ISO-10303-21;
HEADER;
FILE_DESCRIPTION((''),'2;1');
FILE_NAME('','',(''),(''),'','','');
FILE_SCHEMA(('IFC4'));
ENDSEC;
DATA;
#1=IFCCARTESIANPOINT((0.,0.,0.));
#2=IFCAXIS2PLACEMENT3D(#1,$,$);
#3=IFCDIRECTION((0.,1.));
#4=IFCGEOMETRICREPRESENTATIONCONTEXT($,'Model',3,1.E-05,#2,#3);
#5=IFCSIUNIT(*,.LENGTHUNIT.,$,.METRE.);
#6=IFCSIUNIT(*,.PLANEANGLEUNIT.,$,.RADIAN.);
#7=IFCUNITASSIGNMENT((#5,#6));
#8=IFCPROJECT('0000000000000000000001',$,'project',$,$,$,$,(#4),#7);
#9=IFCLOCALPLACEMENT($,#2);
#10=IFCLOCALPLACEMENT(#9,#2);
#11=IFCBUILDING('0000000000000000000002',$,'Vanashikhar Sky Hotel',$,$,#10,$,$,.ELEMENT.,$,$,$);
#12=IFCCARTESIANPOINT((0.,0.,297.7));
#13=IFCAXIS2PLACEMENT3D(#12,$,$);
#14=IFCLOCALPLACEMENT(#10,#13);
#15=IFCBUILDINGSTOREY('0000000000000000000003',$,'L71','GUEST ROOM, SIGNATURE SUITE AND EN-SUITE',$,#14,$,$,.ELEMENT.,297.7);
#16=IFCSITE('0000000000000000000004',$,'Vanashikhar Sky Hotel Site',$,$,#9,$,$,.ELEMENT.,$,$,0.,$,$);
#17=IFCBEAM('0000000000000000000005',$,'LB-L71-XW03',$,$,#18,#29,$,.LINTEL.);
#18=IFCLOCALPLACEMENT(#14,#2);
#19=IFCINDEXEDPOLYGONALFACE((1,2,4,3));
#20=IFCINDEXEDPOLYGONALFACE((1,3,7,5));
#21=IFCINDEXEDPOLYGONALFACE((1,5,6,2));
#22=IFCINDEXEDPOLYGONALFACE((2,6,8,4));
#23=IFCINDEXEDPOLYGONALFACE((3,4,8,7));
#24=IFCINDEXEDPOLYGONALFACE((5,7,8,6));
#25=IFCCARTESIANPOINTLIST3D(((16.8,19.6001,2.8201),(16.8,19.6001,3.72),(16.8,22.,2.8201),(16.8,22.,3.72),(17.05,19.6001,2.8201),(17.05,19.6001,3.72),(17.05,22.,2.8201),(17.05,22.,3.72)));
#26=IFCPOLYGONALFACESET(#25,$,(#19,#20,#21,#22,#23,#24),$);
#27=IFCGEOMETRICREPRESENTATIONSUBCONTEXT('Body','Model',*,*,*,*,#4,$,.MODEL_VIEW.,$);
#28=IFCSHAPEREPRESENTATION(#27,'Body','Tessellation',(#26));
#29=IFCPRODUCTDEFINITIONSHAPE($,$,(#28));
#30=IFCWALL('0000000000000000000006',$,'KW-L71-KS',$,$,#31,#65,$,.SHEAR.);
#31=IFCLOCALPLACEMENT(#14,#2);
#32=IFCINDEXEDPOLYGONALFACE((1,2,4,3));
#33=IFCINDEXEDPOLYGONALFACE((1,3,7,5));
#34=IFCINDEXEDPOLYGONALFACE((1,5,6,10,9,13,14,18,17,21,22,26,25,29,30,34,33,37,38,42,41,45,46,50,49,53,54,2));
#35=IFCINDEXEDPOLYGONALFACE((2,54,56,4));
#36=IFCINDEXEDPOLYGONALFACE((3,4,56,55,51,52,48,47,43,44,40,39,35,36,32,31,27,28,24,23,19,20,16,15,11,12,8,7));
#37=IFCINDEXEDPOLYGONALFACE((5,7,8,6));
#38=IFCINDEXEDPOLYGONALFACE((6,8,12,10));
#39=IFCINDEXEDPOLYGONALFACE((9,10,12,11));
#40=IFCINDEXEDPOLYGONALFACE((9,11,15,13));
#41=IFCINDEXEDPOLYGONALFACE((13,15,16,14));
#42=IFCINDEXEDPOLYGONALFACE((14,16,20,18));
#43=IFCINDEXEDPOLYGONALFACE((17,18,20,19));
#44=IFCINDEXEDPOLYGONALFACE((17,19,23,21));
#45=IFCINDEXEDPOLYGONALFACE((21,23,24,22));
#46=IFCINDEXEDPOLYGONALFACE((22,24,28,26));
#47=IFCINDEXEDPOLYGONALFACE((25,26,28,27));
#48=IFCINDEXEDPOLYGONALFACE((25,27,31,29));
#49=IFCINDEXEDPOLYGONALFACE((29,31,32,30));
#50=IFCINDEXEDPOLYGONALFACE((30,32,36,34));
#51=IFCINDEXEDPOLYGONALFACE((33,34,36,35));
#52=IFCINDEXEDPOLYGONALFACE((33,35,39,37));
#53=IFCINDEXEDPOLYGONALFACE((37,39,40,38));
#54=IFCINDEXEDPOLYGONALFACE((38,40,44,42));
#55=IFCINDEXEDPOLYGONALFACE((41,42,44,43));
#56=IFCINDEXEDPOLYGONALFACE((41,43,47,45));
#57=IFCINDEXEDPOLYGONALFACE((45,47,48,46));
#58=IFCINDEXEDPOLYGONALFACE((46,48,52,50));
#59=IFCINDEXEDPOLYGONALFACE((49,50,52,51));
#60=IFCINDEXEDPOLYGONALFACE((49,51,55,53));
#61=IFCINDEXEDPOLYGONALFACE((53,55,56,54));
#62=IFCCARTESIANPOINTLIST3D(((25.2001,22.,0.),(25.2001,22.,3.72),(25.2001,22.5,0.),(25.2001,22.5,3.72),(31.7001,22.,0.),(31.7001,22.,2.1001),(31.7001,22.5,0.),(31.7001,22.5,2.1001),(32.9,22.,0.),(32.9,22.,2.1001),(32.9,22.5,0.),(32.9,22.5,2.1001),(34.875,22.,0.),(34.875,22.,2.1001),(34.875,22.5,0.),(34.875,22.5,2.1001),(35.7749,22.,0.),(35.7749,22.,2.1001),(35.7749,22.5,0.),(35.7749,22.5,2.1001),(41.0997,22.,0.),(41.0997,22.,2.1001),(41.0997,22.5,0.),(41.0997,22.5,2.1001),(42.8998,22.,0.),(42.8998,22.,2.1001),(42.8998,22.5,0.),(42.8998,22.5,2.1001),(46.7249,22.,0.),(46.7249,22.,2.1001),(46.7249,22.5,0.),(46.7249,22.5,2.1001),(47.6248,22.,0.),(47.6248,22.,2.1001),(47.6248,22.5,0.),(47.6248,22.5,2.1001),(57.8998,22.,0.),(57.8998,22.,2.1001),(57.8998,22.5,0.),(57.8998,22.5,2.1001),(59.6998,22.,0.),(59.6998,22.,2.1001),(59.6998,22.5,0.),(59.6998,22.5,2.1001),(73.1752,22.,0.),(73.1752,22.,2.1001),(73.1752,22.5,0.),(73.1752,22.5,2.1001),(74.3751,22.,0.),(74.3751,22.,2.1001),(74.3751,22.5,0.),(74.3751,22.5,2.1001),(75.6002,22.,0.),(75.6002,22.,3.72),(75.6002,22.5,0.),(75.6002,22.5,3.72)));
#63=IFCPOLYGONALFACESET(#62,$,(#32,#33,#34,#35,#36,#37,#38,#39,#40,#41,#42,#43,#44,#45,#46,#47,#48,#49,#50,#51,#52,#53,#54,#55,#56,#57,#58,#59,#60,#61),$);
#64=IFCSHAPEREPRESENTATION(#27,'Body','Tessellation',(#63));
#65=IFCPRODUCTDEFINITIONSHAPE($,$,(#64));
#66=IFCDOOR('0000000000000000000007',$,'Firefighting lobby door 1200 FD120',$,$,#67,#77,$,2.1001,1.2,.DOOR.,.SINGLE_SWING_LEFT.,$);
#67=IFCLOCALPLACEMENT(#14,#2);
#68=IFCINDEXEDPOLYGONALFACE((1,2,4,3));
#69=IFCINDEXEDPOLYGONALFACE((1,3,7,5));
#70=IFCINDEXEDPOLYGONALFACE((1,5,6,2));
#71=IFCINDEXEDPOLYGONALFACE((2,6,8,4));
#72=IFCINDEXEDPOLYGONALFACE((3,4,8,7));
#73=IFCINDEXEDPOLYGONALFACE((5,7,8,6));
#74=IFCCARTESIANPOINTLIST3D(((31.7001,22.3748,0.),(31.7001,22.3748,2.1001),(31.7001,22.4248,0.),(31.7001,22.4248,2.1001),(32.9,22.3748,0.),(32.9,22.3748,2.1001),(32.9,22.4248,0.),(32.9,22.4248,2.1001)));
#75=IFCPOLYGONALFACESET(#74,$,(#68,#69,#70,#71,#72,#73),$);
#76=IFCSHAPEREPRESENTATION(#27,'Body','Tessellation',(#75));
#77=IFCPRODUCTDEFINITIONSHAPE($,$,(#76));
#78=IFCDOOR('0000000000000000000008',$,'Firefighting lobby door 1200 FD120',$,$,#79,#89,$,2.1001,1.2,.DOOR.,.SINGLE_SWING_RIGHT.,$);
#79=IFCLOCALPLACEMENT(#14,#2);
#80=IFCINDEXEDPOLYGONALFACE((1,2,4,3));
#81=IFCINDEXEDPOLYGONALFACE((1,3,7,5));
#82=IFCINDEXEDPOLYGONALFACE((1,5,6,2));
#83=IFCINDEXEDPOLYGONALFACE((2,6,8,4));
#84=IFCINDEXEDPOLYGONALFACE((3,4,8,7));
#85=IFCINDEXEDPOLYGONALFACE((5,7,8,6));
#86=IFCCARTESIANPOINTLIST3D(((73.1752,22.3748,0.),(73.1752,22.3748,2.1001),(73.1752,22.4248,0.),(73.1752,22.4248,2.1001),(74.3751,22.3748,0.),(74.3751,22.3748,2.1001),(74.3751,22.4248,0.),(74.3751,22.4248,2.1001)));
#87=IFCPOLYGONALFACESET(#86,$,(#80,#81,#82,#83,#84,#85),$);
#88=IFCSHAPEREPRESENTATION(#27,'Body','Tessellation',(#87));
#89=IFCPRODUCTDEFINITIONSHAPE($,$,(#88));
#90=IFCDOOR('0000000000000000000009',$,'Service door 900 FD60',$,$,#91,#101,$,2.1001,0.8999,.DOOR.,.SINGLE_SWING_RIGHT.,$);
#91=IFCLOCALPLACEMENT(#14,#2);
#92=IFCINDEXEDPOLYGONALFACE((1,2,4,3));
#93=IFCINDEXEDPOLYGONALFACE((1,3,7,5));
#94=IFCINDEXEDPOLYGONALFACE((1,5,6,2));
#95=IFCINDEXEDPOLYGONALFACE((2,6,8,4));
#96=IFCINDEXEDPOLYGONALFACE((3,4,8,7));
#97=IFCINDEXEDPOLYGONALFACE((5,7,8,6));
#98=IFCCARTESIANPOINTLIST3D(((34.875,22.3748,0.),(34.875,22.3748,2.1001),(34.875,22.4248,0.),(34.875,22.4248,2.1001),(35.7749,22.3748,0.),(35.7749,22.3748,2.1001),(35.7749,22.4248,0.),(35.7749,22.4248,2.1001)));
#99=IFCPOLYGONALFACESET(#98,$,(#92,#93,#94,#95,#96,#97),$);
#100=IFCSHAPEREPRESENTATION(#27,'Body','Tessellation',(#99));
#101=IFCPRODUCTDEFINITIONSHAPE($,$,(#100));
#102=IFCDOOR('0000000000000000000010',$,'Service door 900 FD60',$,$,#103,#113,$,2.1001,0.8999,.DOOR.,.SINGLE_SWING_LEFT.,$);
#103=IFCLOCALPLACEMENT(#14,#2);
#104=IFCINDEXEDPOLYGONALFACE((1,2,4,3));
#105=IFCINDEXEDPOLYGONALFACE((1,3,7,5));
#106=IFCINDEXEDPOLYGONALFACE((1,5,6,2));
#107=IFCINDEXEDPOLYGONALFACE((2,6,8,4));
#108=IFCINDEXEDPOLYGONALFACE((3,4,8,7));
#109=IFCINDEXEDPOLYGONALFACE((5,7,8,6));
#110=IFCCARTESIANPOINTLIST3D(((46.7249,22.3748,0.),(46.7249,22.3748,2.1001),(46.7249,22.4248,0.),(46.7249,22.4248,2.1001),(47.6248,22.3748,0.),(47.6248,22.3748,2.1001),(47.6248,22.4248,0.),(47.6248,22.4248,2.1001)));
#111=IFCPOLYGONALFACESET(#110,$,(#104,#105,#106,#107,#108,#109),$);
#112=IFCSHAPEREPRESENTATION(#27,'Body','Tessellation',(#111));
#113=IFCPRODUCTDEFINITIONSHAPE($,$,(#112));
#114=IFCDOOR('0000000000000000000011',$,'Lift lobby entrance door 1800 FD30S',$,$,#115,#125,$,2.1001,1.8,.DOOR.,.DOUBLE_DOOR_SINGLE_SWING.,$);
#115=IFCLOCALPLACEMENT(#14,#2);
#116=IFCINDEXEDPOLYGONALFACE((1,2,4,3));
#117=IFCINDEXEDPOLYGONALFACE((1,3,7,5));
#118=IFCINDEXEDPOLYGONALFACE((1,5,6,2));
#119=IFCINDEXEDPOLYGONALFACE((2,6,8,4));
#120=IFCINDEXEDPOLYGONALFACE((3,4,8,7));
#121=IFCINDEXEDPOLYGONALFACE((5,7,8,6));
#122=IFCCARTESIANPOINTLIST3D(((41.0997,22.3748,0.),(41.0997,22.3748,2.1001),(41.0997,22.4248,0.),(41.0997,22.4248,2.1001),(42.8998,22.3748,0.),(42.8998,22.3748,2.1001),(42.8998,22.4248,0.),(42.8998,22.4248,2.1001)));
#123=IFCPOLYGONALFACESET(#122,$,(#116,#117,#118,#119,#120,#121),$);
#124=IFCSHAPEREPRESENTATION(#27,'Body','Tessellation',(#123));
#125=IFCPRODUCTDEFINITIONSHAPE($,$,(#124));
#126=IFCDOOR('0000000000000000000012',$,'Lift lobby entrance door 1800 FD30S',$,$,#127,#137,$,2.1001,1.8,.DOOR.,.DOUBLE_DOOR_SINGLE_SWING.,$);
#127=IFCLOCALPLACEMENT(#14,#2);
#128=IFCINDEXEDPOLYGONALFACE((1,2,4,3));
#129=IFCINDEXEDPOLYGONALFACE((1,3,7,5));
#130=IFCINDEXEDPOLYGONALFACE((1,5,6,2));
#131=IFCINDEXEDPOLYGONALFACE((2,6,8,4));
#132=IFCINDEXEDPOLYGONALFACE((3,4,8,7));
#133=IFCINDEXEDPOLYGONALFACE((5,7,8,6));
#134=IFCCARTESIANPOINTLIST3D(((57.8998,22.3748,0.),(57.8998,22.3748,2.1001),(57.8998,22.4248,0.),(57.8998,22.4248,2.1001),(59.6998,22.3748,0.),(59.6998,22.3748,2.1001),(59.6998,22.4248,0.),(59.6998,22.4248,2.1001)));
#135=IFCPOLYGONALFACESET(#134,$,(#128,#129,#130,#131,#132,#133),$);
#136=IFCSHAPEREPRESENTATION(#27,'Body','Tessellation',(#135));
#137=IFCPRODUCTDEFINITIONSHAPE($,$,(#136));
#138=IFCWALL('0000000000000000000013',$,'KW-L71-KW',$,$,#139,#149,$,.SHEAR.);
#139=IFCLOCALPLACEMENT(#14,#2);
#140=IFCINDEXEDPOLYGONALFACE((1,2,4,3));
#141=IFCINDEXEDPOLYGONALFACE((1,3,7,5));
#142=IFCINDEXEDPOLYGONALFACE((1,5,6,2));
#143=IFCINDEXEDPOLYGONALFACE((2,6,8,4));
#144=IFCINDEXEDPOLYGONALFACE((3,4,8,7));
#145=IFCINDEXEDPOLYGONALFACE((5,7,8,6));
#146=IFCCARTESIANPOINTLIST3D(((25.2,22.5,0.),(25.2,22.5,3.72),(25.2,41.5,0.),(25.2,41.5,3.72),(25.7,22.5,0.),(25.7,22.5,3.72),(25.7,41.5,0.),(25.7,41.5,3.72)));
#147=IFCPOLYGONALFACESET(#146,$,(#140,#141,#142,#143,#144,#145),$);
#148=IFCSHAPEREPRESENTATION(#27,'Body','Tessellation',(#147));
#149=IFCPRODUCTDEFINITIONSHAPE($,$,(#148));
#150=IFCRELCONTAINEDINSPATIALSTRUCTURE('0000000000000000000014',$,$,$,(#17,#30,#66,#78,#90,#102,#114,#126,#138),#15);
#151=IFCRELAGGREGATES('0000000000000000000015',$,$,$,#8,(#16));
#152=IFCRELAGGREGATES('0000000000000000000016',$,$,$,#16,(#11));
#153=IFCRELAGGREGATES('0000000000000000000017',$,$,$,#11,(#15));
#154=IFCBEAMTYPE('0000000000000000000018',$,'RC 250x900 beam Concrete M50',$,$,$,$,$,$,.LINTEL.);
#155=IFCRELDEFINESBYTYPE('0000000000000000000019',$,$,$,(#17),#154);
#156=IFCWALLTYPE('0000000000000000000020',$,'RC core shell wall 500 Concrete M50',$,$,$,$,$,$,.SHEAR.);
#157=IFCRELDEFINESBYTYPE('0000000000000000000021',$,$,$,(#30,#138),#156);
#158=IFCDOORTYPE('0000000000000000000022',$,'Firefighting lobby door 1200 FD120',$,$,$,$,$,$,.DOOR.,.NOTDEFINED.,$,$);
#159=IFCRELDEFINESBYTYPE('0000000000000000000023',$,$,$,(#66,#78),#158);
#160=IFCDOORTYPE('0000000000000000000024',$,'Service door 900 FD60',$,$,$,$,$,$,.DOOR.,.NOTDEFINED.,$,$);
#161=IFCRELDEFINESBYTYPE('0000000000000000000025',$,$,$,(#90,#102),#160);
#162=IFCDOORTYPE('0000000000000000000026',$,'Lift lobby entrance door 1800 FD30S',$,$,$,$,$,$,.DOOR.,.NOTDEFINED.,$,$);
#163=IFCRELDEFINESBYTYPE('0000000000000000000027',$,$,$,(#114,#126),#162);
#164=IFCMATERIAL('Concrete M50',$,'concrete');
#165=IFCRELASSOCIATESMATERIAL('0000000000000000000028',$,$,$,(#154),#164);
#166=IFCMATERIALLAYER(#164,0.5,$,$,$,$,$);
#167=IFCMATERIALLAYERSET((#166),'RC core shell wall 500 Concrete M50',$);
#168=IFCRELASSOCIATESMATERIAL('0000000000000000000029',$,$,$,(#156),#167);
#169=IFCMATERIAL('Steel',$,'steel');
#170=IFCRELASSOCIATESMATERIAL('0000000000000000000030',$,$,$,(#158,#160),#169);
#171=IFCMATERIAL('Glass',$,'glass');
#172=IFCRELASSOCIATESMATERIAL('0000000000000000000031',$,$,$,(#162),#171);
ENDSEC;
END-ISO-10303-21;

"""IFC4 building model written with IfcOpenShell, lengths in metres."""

from ifc_helpers import new_model, si_unit, direction, frame, frame_2d, origin, origin_2d, place, context, subcontext, project, spatial, rectangle, extrude, source, transform, mapped, material, layer, layer_set, material_profile, profile_set, type_object, element, fill, save


model = new_model("IFC4")

# Units and contexts
model_context = context("Model", 3, precision=1e-05, world=origin(), true_north=direction((0.0, 1.0)))
body_context = subcontext(model_context, "Body", "Model", "MODEL_VIEW")
ifc_project = project(units=[si_unit("LENGTHUNIT", "METRE"), si_unit("PLANEANGLEUNIT", "RADIAN")], contexts=[model_context])

# Site, building, storey
site_placement = place(None, origin())
site = spatial("IfcSite", under=ifc_project, at=site_placement, Name="Vanashikhar Sky Hotel Site", CompositionType="ELEMENT", RefElevation=0.0)
building_placement = place(site_placement, origin())
building = spatial("IfcBuilding", under=site, at=building_placement, Name="Vanashikhar Sky Hotel", CompositionType="ELEMENT")
storey_placement = place(building_placement, frame((0.0, 0.0, 297.7)))
storey = spatial("IfcBuildingStorey", under=building, at=storey_placement, Name="L71", Description="GUEST ROOM, SIGNATURE SUITE AND EN-SUITE", CompositionType="ELEMENT", Elevation=297.7)

# Beam
ifc_material_1 = material(Name="Concrete M50", Category="concrete")
ifc_material_profile = material_profile(ifc_material_1, rectangle(XDim=0.25, YDim=0.8999, at=origin_2d()))
ifc_profile_set = profile_set([ifc_material_profile], Name="RC 250x900 beam Concrete M50")
beam_type = type_object("IfcBeamType", Name="RC 250x900 beam Concrete M50", PredefinedType="LINTEL", material=ifc_profile_set)
shared_shape_1 = source(origin(), body_context, "Body", "SweptSolid", [
    extrude(rectangle(XDim=0.25, YDim=0.8999, at=origin_2d()), origin(), (0.0, 0.0, 1.0), 2.3999),
])
beam_placement = place(storey_placement, frame((16.925, 19.6001, 3.27), z_axis=(0.0, 1.0, 0.0), x_axis=(-1.0, 0.0, 0.0)))
element("IfcBeam", 1, at=beam_placement, inside=storey, type_object=beam_type, Name="LB-L71-XW03", PredefinedType="LINTEL", context=body_context, shape_type="MappedRepresentation", body=[
    mapped(shared_shape_1, transform((0.0, 0.0, 0.0), scale=1.0)),
])

# Wall, openings, doors
ifc_layer_1 = layer(ifc_material_1, 0.5)
ifc_layer_set_1 = layer_set([ifc_layer_1], Name="RC core shell wall 500 Concrete M50")
wall_type_1 = type_object("IfcWallType", Name="RC core shell wall 500 Concrete M50", PredefinedType="SHEAR", material=ifc_layer_set_1)
shared_shape_2 = source(origin(), body_context, "Body", "SweptSolid", [
    extrude(rectangle(XDim=50.4001, YDim=0.5, at=frame_2d((25.2002, 0.0))), origin(), (0.0, 0.0, 1.0), 3.72),
])
wall_1_placement = place(storey_placement, frame((25.2, 22.25, 0.0), z_axis=(0.0, 0.0, 1.0), x_axis=(1.0, 0.0, 0.0)))
wall_1 = element("IfcWall", 2, at=wall_1_placement, inside=storey, type_object=wall_type_1, Name="KW-L71-KS", PredefinedType="SHEAR", context=body_context, shape_type="MappedRepresentation", body=[
    mapped(shared_shape_2, transform((0.0, 0.0, 0.0), scale=1.0)),
])
shared_shape_3 = source(origin(), body_context, "Body", "SweptSolid", [
    extrude(rectangle(XDim=1.8, YDim=2.1001, at=frame_2d((0.8999, 1.05))), frame((0.0, 0.26, 0.0), z_axis=(0.0, -1.0, 0.0), x_axis=(1.0, 0.0, 0.0)), (0.0, 0.0, 1.0), 0.52),
])
opening_1_placement = place(wall_1_placement, frame((15.8999, 0.0, 0.0)))
opening_1 = element("IfcOpeningElement", 3, at=opening_1_placement, cuts=wall_1, PredefinedType="OPENING", context=body_context, shape_type="MappedRepresentation", body=[
    mapped(shared_shape_3, transform((0.0, 0.0, 0.0), scale=1.0)),
])
shared_shape_4 = source(origin(), body_context, "Body", "SweptSolid", [
    extrude(rectangle(XDim=0.8999, YDim=2.1001, at=frame_2d((0.45, 1.05))), frame((0.0, 0.26, 0.0), z_axis=(0.0, -1.0, 0.0), x_axis=(1.0, 0.0, 0.0)), (0.0, 0.0, 1.0), 0.52),
])
opening_2_placement = place(wall_1_placement, frame((9.675, 0.0, 0.0)))
opening_2 = element("IfcOpeningElement", 4, at=opening_2_placement, cuts=wall_1, PredefinedType="OPENING", context=body_context, shape_type="MappedRepresentation", body=[
    mapped(shared_shape_4, transform((0.0, 0.0, 0.0), scale=1.0)),
])
opening_3_placement = place(wall_1_placement, frame((21.5249, 0.0, 0.0)))
opening_3 = element("IfcOpeningElement", 5, at=opening_3_placement, cuts=wall_1, PredefinedType="OPENING", context=body_context, shape_type="MappedRepresentation", body=[
    mapped(shared_shape_4, transform((0.0, 0.0, 0.0), scale=1.0)),
])
opening_4_placement = place(wall_1_placement, frame((32.7, 0.0, 0.0)))
opening_4 = element("IfcOpeningElement", 6, at=opening_4_placement, cuts=wall_1, PredefinedType="OPENING", context=body_context, shape_type="MappedRepresentation", body=[
    mapped(shared_shape_3, transform((0.0, 0.0, 0.0), scale=1.0)),
])
shared_shape_5 = source(origin(), body_context, "Body", "SweptSolid", [
    extrude(rectangle(XDim=1.2, YDim=2.1001, at=frame_2d((0.6001, 1.05))), frame((0.0, 0.26, 0.0), z_axis=(0.0, -1.0, 0.0), x_axis=(1.0, 0.0, 0.0)), (0.0, 0.0, 1.0), 0.52),
])
opening_5_placement = place(wall_1_placement, frame((6.5, 0.0, 0.0)))
opening_5 = element("IfcOpeningElement", 7, at=opening_5_placement, cuts=wall_1, PredefinedType="OPENING", context=body_context, shape_type="MappedRepresentation", body=[
    mapped(shared_shape_5, transform((0.0, 0.0, 0.0), scale=1.0)),
])
opening_6_placement = place(wall_1_placement, frame((47.9751, 0.0, 0.0)))
opening_6 = element("IfcOpeningElement", 8, at=opening_6_placement, cuts=wall_1, PredefinedType="OPENING", context=body_context, shape_type="MappedRepresentation", body=[
    mapped(shared_shape_5, transform((0.0, 0.0, 0.0), scale=1.0)),
])
ifc_material_2 = material(Name="Steel", Category="steel")
door_type_1 = type_object("IfcDoorType", Name="Firefighting lobby door 1200 FD120", OperationType="NOTDEFINED", PredefinedType="DOOR", material=ifc_material_2)
shared_shape_6 = source(origin(), body_context, "Body", "SweptSolid", [
    extrude(rectangle(XDim=1.2, YDim=2.1001, at=frame_2d((0.6001, 1.05))), frame((0.0, 0.1748, 0.0), z_axis=(0.0, -1.0, 0.0), x_axis=(1.0, 0.0, 0.0)), (0.0, 0.0, 1.0), 0.05),
])
door_1_placement = place(opening_5_placement, origin())
door_1 = element("IfcDoor", 9, at=door_1_placement, inside=storey, type_object=door_type_1, Name="Firefighting lobby door 1200 FD120", OperationType="SINGLE_SWING_LEFT", OverallHeight=2.1001, OverallWidth=1.2, PredefinedType="DOOR", context=body_context, shape_type="MappedRepresentation", body=[
    mapped(shared_shape_6, transform((0.0, 0.0, 0.0), scale=1.0)),
])
fill(opening_5, door_1)
door_2_placement = place(opening_6_placement, origin())
door_2 = element("IfcDoor", 10, at=door_2_placement, inside=storey, type_object=door_type_1, Name="Firefighting lobby door 1200 FD120", OperationType="SINGLE_SWING_RIGHT", OverallHeight=2.1001, OverallWidth=1.2, PredefinedType="DOOR", context=body_context, shape_type="MappedRepresentation", body=[
    mapped(shared_shape_6, transform((0.0, 0.0, 0.0), scale=1.0)),
])
fill(opening_6, door_2)
door_type_2 = type_object("IfcDoorType", Name="Service door 900 FD60", OperationType="NOTDEFINED", PredefinedType="DOOR", material=ifc_material_2)
shared_shape_7 = source(origin(), body_context, "Body", "SweptSolid", [
    extrude(rectangle(XDim=0.8999, YDim=2.1001, at=frame_2d((0.45, 1.05))), frame((0.0, 0.1748, 0.0), z_axis=(0.0, -1.0, 0.0), x_axis=(1.0, 0.0, 0.0)), (0.0, 0.0, 1.0), 0.05),
])
door_3_placement = place(opening_2_placement, origin())
door_3 = element("IfcDoor", 11, at=door_3_placement, inside=storey, type_object=door_type_2, Name="Service door 900 FD60", OperationType="SINGLE_SWING_RIGHT", OverallHeight=2.1001, OverallWidth=0.8999, PredefinedType="DOOR", context=body_context, shape_type="MappedRepresentation", body=[
    mapped(shared_shape_7, transform((0.0, 0.0, 0.0), scale=1.0)),
])
fill(opening_2, door_3)
door_4_placement = place(opening_3_placement, origin())
door_4 = element("IfcDoor", 12, at=door_4_placement, inside=storey, type_object=door_type_2, Name="Service door 900 FD60", OperationType="SINGLE_SWING_LEFT", OverallHeight=2.1001, OverallWidth=0.8999, PredefinedType="DOOR", context=body_context, shape_type="MappedRepresentation", body=[
    mapped(shared_shape_7, transform((0.0, 0.0, 0.0), scale=1.0)),
])
fill(opening_3, door_4)
ifc_material_3 = material(Name="Glass", Category="glass")
door_type_3 = type_object("IfcDoorType", Name="Lift lobby entrance door 1800 FD30S", OperationType="NOTDEFINED", PredefinedType="DOOR", material=ifc_material_3)
shared_shape_8 = source(origin(), body_context, "Body", "SweptSolid", [
    extrude(rectangle(XDim=1.8, YDim=2.1001, at=frame_2d((0.8999, 1.05))), frame((0.0, 0.1748, 0.0), z_axis=(0.0, -1.0, 0.0), x_axis=(1.0, 0.0, 0.0)), (0.0, 0.0, 1.0), 0.05),
])
door_5_placement = place(opening_1_placement, origin())
door_5 = element("IfcDoor", 13, at=door_5_placement, inside=storey, type_object=door_type_3, Name="Lift lobby entrance door 1800 FD30S", OperationType="DOUBLE_DOOR_SINGLE_SWING", OverallHeight=2.1001, OverallWidth=1.8, PredefinedType="DOOR", context=body_context, shape_type="MappedRepresentation", body=[
    mapped(shared_shape_8, transform((0.0, 0.0, 0.0), scale=1.0)),
])
fill(opening_1, door_5)
door_6_placement = place(opening_4_placement, origin())
door_6 = element("IfcDoor", 14, at=door_6_placement, inside=storey, type_object=door_type_3, Name="Lift lobby entrance door 1800 FD30S", OperationType="DOUBLE_DOOR_SINGLE_SWING", OverallHeight=2.1001, OverallWidth=1.8, PredefinedType="DOOR", context=body_context, shape_type="MappedRepresentation", body=[
    mapped(shared_shape_8, transform((0.0, 0.0, 0.0), scale=1.0)),
])
fill(opening_4, door_6)

# Wall
shared_shape_9 = source(origin(), body_context, "Body", "SweptSolid", [
    extrude(rectangle(XDim=19.0, YDim=0.5, at=frame_2d((9.5, 0.0))), origin(), (0.0, 0.0, 1.0), 3.72),
])
wall_2_placement = place(storey_placement, frame((25.45, 22.5, 0.0), z_axis=(0.0, 0.0, 1.0), x_axis=(0.0, 1.0, 0.0)))
element("IfcWall", 15, at=wall_2_placement, inside=storey, type_object=wall_type_1, Name="KW-L71-KW", PredefinedType="SHEAR", context=body_context, shape_type="MappedRepresentation", body=[
    mapped(shared_shape_9, transform((0.0, 0.0, 0.0), scale=1.0)),
])

save(model, "model.ifc")
